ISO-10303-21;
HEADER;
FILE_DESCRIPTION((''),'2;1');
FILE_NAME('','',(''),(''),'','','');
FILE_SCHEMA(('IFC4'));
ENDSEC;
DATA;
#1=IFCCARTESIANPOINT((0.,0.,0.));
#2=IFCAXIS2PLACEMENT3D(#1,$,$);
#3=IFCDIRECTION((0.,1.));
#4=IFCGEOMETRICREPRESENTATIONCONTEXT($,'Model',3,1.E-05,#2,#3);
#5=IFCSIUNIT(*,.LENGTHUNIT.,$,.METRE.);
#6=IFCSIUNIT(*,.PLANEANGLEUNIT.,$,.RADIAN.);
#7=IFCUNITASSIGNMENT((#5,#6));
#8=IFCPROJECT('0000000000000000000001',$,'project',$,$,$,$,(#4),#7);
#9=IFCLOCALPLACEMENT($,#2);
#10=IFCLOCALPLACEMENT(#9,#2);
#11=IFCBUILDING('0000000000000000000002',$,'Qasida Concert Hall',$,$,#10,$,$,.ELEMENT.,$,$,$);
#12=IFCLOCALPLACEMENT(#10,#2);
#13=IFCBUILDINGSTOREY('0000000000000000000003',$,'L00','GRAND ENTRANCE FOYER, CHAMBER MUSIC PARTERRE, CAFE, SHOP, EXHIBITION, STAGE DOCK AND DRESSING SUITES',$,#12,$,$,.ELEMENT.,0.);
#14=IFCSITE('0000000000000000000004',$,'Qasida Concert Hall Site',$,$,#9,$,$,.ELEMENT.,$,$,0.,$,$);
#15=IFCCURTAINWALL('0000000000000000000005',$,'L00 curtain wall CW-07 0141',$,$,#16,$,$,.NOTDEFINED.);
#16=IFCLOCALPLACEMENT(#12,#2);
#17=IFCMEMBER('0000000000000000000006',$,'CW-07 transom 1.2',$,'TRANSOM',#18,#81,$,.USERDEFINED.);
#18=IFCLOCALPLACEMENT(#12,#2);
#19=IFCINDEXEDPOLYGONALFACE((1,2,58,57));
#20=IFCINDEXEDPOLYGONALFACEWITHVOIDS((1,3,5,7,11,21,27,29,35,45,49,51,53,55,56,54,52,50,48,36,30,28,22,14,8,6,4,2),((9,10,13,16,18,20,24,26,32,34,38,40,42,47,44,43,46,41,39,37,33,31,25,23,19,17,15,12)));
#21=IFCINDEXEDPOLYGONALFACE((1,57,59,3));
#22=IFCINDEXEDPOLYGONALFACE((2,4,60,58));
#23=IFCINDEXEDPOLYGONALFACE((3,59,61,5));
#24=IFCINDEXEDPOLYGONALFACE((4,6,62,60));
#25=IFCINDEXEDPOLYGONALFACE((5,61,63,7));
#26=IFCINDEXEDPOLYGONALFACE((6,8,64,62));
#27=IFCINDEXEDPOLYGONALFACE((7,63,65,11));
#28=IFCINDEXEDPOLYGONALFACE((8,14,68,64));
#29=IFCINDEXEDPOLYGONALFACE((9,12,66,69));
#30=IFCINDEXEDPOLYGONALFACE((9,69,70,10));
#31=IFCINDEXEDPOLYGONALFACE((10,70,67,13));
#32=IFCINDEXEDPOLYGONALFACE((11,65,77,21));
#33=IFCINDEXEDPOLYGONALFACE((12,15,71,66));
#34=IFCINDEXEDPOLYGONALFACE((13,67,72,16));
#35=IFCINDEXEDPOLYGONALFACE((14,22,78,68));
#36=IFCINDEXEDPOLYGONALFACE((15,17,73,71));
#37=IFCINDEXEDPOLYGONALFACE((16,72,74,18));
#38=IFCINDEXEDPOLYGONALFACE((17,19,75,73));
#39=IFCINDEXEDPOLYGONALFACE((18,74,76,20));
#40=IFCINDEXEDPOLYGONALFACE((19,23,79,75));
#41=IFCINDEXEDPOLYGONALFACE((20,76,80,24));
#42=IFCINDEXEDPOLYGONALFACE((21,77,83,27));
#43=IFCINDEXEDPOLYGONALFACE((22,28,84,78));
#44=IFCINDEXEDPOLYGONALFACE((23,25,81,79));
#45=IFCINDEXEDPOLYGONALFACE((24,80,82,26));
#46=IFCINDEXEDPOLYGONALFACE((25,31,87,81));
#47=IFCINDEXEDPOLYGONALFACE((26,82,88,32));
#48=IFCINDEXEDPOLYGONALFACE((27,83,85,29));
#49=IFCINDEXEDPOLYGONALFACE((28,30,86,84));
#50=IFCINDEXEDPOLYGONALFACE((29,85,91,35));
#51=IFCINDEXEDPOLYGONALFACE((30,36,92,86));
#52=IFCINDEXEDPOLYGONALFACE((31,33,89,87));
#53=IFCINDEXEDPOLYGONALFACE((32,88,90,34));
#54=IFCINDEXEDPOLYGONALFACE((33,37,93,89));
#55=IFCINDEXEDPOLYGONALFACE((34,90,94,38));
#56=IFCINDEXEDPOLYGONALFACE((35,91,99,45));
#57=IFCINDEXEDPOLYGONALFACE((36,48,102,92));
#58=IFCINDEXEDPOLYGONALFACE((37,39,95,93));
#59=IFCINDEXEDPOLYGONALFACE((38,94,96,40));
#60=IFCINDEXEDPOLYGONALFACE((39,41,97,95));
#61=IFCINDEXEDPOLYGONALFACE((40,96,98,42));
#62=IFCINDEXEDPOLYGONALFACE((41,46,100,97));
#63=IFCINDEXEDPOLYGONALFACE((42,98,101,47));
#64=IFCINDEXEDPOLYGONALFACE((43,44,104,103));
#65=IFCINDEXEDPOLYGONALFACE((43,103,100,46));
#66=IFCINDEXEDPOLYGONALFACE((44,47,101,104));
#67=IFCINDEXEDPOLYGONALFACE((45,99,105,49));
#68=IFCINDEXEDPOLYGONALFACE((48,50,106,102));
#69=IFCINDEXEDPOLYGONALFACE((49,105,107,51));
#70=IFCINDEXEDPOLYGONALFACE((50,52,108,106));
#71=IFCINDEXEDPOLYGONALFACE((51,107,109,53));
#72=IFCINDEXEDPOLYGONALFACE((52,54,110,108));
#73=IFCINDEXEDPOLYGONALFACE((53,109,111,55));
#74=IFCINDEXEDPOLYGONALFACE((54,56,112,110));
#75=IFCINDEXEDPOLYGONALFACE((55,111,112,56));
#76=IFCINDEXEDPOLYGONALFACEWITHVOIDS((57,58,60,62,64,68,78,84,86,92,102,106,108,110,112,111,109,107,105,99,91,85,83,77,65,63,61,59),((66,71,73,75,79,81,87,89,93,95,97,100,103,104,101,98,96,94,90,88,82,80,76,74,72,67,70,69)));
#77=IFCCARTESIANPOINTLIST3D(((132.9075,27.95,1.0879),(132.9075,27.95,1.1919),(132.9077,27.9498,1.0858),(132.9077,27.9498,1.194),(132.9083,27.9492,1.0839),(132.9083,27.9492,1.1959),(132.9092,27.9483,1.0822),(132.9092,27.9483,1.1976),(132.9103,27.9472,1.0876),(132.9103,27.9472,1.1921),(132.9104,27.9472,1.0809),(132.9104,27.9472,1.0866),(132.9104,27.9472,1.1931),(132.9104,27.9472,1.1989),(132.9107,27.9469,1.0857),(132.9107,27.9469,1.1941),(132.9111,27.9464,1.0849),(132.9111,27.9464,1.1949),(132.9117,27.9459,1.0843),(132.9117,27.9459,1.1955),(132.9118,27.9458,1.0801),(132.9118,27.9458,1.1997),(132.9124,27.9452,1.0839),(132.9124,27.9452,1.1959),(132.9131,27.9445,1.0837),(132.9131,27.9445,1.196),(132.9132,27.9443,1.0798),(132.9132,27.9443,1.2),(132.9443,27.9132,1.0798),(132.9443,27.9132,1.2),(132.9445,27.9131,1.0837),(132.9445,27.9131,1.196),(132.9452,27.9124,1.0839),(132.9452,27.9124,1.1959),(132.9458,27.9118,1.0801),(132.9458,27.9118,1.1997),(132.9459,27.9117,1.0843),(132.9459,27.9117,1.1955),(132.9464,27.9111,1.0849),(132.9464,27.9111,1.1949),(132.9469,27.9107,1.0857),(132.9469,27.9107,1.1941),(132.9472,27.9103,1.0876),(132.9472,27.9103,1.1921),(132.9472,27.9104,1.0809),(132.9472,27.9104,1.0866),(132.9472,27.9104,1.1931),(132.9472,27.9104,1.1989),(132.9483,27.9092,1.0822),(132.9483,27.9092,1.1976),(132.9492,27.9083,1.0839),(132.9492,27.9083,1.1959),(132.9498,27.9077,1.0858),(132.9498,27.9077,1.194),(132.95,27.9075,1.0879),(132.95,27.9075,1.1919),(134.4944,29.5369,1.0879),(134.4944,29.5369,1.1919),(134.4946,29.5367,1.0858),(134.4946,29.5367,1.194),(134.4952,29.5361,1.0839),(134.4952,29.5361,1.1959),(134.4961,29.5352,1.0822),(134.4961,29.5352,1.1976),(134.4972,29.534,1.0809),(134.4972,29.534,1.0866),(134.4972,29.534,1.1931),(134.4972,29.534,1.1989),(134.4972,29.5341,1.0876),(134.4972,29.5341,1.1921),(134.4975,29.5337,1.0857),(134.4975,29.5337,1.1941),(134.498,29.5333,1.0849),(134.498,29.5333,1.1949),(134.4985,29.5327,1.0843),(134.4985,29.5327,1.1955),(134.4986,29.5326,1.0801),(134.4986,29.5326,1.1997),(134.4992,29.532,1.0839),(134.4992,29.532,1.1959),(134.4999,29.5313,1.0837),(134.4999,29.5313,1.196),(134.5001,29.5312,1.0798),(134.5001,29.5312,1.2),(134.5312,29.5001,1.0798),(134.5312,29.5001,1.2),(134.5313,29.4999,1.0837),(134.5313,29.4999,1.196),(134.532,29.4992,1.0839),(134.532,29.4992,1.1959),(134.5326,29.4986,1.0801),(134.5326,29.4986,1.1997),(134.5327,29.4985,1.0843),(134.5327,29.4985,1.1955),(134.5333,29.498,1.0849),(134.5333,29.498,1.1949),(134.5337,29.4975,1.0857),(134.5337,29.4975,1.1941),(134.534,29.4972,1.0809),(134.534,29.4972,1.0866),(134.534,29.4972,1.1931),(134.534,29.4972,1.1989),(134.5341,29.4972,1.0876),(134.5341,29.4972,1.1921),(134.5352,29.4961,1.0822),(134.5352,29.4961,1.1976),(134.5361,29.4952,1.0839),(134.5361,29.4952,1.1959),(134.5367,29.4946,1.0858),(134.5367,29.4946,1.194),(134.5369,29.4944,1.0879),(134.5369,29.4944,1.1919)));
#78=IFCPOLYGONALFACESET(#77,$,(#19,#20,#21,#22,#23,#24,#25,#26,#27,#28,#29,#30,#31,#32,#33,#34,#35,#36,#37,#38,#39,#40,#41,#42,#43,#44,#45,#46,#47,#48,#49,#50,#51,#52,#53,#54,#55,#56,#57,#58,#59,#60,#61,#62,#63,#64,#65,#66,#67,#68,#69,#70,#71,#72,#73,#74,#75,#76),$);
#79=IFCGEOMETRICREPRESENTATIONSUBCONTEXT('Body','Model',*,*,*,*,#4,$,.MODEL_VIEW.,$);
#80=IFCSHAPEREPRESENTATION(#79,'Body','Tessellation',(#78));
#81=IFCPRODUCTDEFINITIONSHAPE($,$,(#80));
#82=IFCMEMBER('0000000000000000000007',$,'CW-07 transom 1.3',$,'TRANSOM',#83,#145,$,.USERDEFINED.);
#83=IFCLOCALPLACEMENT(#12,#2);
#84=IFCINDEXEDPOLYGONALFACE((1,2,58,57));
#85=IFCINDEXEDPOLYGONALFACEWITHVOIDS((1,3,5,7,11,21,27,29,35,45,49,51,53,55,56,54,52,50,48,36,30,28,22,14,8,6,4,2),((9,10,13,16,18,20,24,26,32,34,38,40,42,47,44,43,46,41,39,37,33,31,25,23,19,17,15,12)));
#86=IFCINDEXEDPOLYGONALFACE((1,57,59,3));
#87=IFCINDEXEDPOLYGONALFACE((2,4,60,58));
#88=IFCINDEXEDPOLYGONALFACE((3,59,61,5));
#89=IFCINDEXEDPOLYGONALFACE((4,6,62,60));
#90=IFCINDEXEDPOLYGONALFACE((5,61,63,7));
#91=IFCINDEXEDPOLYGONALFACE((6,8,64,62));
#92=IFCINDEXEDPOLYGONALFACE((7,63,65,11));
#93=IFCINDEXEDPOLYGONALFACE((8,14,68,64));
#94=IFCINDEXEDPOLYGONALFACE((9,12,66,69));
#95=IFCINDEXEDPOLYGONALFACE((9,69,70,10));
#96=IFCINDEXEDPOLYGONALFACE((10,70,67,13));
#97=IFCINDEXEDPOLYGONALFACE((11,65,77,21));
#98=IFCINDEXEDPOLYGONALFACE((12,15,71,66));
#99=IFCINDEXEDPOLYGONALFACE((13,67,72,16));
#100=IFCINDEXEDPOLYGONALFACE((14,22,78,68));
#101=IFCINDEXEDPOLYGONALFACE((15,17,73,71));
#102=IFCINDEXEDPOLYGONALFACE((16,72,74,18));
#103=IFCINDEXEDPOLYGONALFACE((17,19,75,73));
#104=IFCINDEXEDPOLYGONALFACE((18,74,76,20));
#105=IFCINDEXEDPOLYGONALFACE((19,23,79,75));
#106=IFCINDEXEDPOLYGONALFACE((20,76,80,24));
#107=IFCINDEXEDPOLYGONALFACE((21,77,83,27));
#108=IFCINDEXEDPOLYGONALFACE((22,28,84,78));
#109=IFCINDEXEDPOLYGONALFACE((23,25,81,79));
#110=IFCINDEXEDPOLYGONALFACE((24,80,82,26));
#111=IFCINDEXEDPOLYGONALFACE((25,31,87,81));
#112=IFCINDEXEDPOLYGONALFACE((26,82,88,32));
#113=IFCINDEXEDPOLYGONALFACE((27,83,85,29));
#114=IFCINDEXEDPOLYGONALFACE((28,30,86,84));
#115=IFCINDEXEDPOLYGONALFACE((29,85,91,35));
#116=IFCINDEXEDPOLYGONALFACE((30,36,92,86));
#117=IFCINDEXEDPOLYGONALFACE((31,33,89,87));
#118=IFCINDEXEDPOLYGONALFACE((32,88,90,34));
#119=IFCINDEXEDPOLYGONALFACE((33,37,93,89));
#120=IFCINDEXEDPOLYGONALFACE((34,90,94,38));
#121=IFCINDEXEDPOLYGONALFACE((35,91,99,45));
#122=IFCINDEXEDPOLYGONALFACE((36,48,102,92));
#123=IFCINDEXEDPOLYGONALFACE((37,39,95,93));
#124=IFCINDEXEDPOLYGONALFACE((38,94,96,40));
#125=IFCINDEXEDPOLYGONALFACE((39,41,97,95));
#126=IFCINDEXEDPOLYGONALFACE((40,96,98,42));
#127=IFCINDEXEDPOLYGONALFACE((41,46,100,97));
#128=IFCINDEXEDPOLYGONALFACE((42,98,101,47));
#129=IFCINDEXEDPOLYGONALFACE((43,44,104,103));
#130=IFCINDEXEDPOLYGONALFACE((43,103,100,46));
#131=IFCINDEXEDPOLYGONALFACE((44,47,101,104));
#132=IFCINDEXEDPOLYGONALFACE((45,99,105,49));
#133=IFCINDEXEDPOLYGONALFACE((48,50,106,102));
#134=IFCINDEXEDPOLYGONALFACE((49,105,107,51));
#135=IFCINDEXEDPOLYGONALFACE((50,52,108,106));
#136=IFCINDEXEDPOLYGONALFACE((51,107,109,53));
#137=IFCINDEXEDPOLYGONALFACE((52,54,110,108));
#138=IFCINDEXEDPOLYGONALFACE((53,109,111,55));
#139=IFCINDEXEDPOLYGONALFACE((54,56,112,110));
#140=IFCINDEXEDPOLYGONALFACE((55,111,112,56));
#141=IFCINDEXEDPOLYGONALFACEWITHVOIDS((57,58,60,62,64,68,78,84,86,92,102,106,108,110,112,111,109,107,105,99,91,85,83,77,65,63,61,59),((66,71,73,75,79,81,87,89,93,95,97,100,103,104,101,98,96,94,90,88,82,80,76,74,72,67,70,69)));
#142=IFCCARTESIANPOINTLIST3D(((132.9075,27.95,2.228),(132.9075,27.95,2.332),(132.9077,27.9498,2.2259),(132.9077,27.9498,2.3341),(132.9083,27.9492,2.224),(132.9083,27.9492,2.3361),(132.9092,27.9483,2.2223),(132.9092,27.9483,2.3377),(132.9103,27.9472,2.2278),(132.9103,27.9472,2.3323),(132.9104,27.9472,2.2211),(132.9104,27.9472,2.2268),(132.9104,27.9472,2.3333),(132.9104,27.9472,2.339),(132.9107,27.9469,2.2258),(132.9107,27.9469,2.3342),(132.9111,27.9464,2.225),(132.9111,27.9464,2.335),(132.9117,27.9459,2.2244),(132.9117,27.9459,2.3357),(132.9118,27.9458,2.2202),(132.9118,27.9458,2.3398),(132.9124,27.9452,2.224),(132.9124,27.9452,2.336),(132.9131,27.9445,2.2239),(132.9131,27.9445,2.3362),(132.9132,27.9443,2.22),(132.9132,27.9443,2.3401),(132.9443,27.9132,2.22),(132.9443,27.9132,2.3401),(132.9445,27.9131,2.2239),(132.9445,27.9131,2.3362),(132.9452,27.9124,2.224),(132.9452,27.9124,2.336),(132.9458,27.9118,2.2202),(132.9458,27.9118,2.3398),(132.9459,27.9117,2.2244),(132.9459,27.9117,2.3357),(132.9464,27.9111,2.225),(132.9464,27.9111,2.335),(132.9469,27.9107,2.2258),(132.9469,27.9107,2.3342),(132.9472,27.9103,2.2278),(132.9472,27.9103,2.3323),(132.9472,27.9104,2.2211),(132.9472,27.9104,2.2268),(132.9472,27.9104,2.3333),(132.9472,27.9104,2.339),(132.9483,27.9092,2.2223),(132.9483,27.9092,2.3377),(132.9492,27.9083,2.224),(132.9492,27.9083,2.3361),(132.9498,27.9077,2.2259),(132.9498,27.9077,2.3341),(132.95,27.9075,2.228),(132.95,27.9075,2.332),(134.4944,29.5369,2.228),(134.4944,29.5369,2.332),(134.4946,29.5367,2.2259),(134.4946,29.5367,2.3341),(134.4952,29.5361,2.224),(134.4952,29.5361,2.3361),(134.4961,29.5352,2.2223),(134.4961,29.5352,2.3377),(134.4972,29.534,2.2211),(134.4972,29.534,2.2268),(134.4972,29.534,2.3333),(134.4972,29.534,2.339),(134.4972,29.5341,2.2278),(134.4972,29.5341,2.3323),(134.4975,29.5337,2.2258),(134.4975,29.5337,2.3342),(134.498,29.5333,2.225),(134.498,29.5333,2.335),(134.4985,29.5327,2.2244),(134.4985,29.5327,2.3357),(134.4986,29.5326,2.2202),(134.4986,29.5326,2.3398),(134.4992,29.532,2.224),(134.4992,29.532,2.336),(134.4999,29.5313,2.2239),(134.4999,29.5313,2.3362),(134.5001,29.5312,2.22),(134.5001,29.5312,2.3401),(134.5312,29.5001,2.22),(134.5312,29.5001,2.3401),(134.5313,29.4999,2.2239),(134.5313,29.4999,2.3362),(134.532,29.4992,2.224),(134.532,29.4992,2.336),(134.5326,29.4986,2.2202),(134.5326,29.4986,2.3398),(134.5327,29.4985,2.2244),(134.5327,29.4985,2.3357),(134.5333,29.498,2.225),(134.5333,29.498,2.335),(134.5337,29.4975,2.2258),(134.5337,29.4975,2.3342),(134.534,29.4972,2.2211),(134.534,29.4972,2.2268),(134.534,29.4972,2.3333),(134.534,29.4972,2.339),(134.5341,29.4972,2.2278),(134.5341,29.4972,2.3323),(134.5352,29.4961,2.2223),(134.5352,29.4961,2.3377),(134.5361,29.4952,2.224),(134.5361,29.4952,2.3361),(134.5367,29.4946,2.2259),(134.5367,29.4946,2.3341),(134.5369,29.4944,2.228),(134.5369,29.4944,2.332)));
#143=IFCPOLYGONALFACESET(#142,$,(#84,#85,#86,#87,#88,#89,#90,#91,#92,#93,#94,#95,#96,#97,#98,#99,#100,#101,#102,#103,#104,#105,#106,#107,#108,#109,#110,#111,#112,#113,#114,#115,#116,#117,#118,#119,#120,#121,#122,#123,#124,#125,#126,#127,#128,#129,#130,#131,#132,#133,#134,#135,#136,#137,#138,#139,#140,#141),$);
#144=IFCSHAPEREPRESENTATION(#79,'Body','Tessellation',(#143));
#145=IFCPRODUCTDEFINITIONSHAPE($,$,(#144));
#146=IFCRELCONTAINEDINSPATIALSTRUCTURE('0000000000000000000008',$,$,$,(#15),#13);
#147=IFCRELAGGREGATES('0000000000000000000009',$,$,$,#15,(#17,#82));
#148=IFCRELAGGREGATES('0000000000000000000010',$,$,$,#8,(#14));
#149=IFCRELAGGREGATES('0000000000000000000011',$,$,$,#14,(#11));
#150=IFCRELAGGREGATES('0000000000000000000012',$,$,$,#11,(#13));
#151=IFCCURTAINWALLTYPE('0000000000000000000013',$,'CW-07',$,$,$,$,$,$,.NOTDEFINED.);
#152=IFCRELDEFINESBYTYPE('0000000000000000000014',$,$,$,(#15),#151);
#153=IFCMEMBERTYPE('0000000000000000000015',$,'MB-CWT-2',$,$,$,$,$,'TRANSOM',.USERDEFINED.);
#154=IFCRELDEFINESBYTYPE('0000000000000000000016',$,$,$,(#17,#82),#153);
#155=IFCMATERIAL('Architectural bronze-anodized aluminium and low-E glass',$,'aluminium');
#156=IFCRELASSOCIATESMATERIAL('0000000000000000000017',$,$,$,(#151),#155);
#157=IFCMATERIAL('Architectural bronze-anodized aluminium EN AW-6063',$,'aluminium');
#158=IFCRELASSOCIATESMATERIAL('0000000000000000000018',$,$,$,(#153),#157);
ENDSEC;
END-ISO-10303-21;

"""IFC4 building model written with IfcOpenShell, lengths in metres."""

from ifc_helpers import new_model, si_unit, direction, frame, origin, origin_2d, place, context, subcontext, project, spatial, hollow_rectangle, extrude, material, material_profile, profile_set, type_object, element, aggregate, save


model = new_model("IFC4")

# Units and contexts
model_context = context("Model", 3, precision=1e-05, world=origin(), true_north=direction((0.0, 1.0)))
body_context = subcontext(model_context, "Body", "Model", "MODEL_VIEW")
ifc_project = project(units=[si_unit("LENGTHUNIT", "METRE"), si_unit("PLANEANGLEUNIT", "RADIAN")], contexts=[model_context])

# Site, building, storey
site_placement = place(None, origin())
site = spatial("IfcSite", under=ifc_project, at=site_placement, Name="Qasida Concert Hall Site", CompositionType="ELEMENT", RefElevation=0.0)
building_placement = place(site_placement, origin())
building = spatial("IfcBuilding", under=site, at=building_placement, Name="Qasida Concert Hall", CompositionType="ELEMENT")
storey_placement = place(building_placement, origin())
storey = spatial("IfcBuildingStorey", under=building, at=storey_placement, Name="L00", Description="GRAND ENTRANCE FOYER, CHAMBER MUSIC PARTERRE, CAFE, SHOP, EXHIBITION, STAGE DOCK AND DRESSING SUITES", CompositionType="ELEMENT", Elevation=0.0)

# Curtain wall, members
ifc_material_1 = material(Name="Architectural bronze-anodized aluminium and low-E glass", Category="aluminium")
curtain_wall_type = type_object("IfcCurtainWallType", Name="CW-07", PredefinedType="NOTDEFINED", material=ifc_material_1)
curtain_wall_placement = place(storey_placement, origin())
curtain_wall = element("IfcCurtainWall", 1, at=curtain_wall_placement, inside=storey, type_object=curtain_wall_type, Name="L00 curtain wall CW-07 0141", PredefinedType="NOTDEFINED")
ifc_material_2 = material(Name="Architectural bronze-anodized aluminium EN AW-6063", Category="aluminium")
ifc_material_profile_1 = material_profile(ifc_material_2, hollow_rectangle(XDim=0.0601, YDim=0.1201, WallThickness=0.0039, InnerFilletRadius=0.0039, OuterFilletRadius=0.0081, at=origin_2d()), Name="CWT 120x60x4")
ifc_profile_set_1 = profile_set([ifc_material_profile_1], Name="Architectural bronze-anodized aluminium EN AW-6063")
member_type_1 = type_object("IfcMemberType", Name="MB-CWT-2", ElementType="TRANSOM", PredefinedType="USERDEFINED", material=ifc_profile_set_1)
member_1_placement = place(storey_placement, frame((134.5156, 29.5156, 1.1399), z_axis=(-0.707107, -0.707107, 0.0), x_axis=(0.707107, -0.707107, 0.0)))
member_1 = element("IfcMember", 2, at=member_1_placement, type_object=member_type_1, Name="CW-07 transom 1.2", ObjectType="TRANSOM", PredefinedType="USERDEFINED", context=body_context, shape_type="SweptSolid", body=[
    extrude(hollow_rectangle(XDim=0.0601, YDim=0.1201, WallThickness=0.0039, InnerFilletRadius=0.0039, OuterFilletRadius=0.0081, at=origin_2d()), origin(), (0.0, 0.0, 1.0), 2.2441),
])
member_2_placement = place(storey_placement, frame((134.5156, 29.5156, 2.28), z_axis=(-0.707107, -0.707107, 0.0), x_axis=(0.707107, -0.707107, 0.0)))
member_2 = element("IfcMember", 3, at=member_2_placement, type_object=member_type_1, Name="CW-07 transom 1.3", ObjectType="TRANSOM", PredefinedType="USERDEFINED", context=body_context, shape_type="SweptSolid", body=[
    extrude(hollow_rectangle(XDim=0.0601, YDim=0.1201, WallThickness=0.0039, InnerFilletRadius=0.0039, OuterFilletRadius=0.0081, at=origin_2d()), origin(), (0.0, 0.0, 1.0), 2.2441),
])
aggregate(curtain_wall, [member_1, member_2])

save(model, "model.ifc")
